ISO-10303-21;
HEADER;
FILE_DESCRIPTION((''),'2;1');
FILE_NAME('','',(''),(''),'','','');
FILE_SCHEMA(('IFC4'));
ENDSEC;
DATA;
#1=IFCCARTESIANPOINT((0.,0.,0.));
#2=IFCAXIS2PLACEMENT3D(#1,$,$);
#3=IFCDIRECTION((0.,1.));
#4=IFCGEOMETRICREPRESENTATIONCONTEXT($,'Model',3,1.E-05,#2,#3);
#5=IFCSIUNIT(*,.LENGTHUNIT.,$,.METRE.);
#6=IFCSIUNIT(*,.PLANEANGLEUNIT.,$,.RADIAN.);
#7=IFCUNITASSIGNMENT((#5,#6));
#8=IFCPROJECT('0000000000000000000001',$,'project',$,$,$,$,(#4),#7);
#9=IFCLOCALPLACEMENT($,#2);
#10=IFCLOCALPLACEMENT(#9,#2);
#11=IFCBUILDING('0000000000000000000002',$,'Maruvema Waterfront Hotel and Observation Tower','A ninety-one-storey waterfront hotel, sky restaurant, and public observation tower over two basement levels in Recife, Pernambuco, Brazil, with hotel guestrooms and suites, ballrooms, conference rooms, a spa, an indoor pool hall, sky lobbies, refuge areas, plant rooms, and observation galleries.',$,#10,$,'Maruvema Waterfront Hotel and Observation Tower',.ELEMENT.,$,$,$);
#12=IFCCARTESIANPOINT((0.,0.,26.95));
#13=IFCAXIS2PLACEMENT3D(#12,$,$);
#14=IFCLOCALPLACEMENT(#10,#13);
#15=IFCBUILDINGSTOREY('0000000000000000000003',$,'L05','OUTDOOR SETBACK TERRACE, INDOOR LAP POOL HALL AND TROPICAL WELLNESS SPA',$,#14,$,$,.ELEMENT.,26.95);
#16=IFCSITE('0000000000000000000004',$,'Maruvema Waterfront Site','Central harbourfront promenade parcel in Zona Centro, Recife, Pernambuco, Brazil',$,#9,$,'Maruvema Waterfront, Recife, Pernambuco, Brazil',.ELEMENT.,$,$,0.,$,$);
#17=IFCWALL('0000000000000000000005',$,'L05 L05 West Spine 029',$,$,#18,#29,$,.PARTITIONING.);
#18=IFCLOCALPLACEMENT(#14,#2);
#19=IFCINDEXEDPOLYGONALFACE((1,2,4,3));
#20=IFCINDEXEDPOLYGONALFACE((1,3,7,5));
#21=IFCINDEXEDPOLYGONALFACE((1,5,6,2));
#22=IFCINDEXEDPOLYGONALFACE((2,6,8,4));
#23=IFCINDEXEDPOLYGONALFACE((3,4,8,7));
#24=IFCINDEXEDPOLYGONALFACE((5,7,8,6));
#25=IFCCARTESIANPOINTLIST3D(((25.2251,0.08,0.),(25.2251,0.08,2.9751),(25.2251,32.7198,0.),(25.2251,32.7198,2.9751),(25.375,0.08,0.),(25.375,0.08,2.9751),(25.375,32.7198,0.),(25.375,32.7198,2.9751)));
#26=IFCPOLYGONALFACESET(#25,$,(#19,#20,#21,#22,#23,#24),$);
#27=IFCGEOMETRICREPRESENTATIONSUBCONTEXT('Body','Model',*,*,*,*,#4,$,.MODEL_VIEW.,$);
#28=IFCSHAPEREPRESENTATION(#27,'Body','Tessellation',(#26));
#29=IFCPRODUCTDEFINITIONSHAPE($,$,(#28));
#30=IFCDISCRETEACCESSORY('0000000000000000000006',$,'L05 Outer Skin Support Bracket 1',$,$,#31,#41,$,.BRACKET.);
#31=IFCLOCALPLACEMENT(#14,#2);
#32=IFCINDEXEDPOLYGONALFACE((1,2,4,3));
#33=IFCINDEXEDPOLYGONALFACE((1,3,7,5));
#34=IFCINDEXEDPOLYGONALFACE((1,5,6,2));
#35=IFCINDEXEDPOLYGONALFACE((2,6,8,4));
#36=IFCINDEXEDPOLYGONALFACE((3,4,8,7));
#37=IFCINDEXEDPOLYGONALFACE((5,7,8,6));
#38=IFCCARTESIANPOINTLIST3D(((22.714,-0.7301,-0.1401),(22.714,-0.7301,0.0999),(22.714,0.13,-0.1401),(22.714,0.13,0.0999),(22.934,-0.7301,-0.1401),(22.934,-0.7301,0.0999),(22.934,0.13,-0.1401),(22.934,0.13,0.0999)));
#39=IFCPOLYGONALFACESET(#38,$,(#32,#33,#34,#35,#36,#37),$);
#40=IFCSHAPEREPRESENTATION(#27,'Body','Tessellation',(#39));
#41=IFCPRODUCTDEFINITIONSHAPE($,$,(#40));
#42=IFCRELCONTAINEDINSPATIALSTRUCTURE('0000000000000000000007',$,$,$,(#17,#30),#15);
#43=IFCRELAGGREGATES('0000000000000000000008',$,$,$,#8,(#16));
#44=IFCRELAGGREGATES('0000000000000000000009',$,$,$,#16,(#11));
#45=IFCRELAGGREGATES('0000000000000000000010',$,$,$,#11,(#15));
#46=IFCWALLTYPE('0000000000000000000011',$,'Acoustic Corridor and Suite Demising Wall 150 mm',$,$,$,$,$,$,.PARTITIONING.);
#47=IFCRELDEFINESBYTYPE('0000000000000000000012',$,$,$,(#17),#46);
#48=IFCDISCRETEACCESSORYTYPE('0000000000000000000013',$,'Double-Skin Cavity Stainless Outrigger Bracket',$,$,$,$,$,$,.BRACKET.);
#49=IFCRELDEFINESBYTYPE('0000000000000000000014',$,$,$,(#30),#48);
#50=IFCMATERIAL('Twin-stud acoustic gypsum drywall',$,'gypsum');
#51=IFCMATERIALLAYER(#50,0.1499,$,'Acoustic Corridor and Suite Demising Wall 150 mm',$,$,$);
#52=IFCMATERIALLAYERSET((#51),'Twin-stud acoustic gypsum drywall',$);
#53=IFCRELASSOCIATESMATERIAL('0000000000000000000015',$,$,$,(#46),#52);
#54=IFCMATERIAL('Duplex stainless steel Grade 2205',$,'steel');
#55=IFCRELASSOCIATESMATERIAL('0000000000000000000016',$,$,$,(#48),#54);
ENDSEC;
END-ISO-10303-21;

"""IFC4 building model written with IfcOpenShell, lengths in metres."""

from ifc_helpers import new_model, si_unit, direction, frame, frame_2d, origin, origin_2d, place, context, subcontext, project, spatial, rectangle, extrude, material, layer, layer_set, type_object, element, save


model = new_model("IFC4")

# Units and contexts
model_context = context("Model", 3, precision=1e-05, world=origin(), true_north=direction((0.0, 1.0)))
body_context = subcontext(model_context, "Body", "Model", "MODEL_VIEW")
ifc_project = project(units=[si_unit("LENGTHUNIT", "METRE"), si_unit("PLANEANGLEUNIT", "RADIAN")], contexts=[model_context])

# Site, building, storey
site_placement = place(None, origin())
site = spatial("IfcSite", under=ifc_project, at=site_placement, Name="Maruvema Waterfront Site", Description="Central harbourfront promenade parcel in Zona Centro, Recife, Pernambuco, Brazil", LongName="Maruvema Waterfront, Recife, Pernambuco, Brazil", CompositionType="ELEMENT", RefElevation=0.0)
building_placement = place(site_placement, origin())
building = spatial("IfcBuilding", under=site, at=building_placement, Name="Maruvema Waterfront Hotel and Observation Tower", Description="A ninety-one-storey waterfront hotel, sky restaurant, and public observation tower over two basement levels in Recife, Pernambuco, Brazil, with hotel guestrooms and suites, ballrooms, conference rooms, a spa, an indoor pool hall, sky lobbies, refuge areas, plant rooms, and observation galleries.", LongName="Maruvema Waterfront Hotel and Observation Tower", CompositionType="ELEMENT")
storey_placement = place(building_placement, frame((0.0, 0.0, 26.95)))
storey = spatial("IfcBuildingStorey", under=building, at=storey_placement, Name="L05", Description="OUTDOOR SETBACK TERRACE, INDOOR LAP POOL HALL AND TROPICAL WELLNESS SPA", CompositionType="ELEMENT", Elevation=26.95)

# Wall
ifc_material_1 = material(Name="Twin-stud acoustic gypsum drywall", Category="gypsum")
ifc_layer_1 = layer(ifc_material_1, 0.1499, Name="Acoustic Corridor and Suite Demising Wall 150 mm")
ifc_layer_set_1 = layer_set([ifc_layer_1], Name="Twin-stud acoustic gypsum drywall")
wall_type = type_object("IfcWallType", Name="Acoustic Corridor and Suite Demising Wall 150 mm", PredefinedType="PARTITIONING", material=ifc_layer_set_1)
wall_placement = place(storey_placement, frame((25.3, 0.0801, 0.0), z_axis=(0.0, 0.0, 1.0), x_axis=(0.0, 1.0, 0.0)))
element("IfcWall", 1, at=wall_placement, inside=storey, type_object=wall_type, Name="L05 L05 West Spine 029", PredefinedType="PARTITIONING", context=body_context, shape_type="SweptSolid", body=[
    extrude(rectangle(XDim=32.6399, YDim=0.1499, at=frame_2d((16.3198, 0.0))), origin(), (0.0, 0.0, 1.0), 2.9751),
])

# Discrete accessory
ifc_material_2 = material(Name="Duplex stainless steel Grade 2205", Category="steel")
discrete_accessory_type = type_object("IfcDiscreteAccessoryType", Name="Double-Skin Cavity Stainless Outrigger Bracket", PredefinedType="BRACKET", material=ifc_material_2)
discrete_accessory_placement = place(storey_placement, frame((22.824, -0.3, -0.1401), z_axis=(0.0, 0.0, 1.0), x_axis=(1.0, 0.0, 0.0)))
element("IfcDiscreteAccessory", 2, at=discrete_accessory_placement, inside=storey, type_object=discrete_accessory_type, Name="L05 Outer Skin Support Bracket 1", PredefinedType="BRACKET", context=body_context, shape_type="SweptSolid", body=[
    extrude(rectangle(XDim=0.22, YDim=0.8601, at=origin_2d()), origin(), (0.0, 0.0, 1.0), 0.24),
])

save(model, "model.ifc")
